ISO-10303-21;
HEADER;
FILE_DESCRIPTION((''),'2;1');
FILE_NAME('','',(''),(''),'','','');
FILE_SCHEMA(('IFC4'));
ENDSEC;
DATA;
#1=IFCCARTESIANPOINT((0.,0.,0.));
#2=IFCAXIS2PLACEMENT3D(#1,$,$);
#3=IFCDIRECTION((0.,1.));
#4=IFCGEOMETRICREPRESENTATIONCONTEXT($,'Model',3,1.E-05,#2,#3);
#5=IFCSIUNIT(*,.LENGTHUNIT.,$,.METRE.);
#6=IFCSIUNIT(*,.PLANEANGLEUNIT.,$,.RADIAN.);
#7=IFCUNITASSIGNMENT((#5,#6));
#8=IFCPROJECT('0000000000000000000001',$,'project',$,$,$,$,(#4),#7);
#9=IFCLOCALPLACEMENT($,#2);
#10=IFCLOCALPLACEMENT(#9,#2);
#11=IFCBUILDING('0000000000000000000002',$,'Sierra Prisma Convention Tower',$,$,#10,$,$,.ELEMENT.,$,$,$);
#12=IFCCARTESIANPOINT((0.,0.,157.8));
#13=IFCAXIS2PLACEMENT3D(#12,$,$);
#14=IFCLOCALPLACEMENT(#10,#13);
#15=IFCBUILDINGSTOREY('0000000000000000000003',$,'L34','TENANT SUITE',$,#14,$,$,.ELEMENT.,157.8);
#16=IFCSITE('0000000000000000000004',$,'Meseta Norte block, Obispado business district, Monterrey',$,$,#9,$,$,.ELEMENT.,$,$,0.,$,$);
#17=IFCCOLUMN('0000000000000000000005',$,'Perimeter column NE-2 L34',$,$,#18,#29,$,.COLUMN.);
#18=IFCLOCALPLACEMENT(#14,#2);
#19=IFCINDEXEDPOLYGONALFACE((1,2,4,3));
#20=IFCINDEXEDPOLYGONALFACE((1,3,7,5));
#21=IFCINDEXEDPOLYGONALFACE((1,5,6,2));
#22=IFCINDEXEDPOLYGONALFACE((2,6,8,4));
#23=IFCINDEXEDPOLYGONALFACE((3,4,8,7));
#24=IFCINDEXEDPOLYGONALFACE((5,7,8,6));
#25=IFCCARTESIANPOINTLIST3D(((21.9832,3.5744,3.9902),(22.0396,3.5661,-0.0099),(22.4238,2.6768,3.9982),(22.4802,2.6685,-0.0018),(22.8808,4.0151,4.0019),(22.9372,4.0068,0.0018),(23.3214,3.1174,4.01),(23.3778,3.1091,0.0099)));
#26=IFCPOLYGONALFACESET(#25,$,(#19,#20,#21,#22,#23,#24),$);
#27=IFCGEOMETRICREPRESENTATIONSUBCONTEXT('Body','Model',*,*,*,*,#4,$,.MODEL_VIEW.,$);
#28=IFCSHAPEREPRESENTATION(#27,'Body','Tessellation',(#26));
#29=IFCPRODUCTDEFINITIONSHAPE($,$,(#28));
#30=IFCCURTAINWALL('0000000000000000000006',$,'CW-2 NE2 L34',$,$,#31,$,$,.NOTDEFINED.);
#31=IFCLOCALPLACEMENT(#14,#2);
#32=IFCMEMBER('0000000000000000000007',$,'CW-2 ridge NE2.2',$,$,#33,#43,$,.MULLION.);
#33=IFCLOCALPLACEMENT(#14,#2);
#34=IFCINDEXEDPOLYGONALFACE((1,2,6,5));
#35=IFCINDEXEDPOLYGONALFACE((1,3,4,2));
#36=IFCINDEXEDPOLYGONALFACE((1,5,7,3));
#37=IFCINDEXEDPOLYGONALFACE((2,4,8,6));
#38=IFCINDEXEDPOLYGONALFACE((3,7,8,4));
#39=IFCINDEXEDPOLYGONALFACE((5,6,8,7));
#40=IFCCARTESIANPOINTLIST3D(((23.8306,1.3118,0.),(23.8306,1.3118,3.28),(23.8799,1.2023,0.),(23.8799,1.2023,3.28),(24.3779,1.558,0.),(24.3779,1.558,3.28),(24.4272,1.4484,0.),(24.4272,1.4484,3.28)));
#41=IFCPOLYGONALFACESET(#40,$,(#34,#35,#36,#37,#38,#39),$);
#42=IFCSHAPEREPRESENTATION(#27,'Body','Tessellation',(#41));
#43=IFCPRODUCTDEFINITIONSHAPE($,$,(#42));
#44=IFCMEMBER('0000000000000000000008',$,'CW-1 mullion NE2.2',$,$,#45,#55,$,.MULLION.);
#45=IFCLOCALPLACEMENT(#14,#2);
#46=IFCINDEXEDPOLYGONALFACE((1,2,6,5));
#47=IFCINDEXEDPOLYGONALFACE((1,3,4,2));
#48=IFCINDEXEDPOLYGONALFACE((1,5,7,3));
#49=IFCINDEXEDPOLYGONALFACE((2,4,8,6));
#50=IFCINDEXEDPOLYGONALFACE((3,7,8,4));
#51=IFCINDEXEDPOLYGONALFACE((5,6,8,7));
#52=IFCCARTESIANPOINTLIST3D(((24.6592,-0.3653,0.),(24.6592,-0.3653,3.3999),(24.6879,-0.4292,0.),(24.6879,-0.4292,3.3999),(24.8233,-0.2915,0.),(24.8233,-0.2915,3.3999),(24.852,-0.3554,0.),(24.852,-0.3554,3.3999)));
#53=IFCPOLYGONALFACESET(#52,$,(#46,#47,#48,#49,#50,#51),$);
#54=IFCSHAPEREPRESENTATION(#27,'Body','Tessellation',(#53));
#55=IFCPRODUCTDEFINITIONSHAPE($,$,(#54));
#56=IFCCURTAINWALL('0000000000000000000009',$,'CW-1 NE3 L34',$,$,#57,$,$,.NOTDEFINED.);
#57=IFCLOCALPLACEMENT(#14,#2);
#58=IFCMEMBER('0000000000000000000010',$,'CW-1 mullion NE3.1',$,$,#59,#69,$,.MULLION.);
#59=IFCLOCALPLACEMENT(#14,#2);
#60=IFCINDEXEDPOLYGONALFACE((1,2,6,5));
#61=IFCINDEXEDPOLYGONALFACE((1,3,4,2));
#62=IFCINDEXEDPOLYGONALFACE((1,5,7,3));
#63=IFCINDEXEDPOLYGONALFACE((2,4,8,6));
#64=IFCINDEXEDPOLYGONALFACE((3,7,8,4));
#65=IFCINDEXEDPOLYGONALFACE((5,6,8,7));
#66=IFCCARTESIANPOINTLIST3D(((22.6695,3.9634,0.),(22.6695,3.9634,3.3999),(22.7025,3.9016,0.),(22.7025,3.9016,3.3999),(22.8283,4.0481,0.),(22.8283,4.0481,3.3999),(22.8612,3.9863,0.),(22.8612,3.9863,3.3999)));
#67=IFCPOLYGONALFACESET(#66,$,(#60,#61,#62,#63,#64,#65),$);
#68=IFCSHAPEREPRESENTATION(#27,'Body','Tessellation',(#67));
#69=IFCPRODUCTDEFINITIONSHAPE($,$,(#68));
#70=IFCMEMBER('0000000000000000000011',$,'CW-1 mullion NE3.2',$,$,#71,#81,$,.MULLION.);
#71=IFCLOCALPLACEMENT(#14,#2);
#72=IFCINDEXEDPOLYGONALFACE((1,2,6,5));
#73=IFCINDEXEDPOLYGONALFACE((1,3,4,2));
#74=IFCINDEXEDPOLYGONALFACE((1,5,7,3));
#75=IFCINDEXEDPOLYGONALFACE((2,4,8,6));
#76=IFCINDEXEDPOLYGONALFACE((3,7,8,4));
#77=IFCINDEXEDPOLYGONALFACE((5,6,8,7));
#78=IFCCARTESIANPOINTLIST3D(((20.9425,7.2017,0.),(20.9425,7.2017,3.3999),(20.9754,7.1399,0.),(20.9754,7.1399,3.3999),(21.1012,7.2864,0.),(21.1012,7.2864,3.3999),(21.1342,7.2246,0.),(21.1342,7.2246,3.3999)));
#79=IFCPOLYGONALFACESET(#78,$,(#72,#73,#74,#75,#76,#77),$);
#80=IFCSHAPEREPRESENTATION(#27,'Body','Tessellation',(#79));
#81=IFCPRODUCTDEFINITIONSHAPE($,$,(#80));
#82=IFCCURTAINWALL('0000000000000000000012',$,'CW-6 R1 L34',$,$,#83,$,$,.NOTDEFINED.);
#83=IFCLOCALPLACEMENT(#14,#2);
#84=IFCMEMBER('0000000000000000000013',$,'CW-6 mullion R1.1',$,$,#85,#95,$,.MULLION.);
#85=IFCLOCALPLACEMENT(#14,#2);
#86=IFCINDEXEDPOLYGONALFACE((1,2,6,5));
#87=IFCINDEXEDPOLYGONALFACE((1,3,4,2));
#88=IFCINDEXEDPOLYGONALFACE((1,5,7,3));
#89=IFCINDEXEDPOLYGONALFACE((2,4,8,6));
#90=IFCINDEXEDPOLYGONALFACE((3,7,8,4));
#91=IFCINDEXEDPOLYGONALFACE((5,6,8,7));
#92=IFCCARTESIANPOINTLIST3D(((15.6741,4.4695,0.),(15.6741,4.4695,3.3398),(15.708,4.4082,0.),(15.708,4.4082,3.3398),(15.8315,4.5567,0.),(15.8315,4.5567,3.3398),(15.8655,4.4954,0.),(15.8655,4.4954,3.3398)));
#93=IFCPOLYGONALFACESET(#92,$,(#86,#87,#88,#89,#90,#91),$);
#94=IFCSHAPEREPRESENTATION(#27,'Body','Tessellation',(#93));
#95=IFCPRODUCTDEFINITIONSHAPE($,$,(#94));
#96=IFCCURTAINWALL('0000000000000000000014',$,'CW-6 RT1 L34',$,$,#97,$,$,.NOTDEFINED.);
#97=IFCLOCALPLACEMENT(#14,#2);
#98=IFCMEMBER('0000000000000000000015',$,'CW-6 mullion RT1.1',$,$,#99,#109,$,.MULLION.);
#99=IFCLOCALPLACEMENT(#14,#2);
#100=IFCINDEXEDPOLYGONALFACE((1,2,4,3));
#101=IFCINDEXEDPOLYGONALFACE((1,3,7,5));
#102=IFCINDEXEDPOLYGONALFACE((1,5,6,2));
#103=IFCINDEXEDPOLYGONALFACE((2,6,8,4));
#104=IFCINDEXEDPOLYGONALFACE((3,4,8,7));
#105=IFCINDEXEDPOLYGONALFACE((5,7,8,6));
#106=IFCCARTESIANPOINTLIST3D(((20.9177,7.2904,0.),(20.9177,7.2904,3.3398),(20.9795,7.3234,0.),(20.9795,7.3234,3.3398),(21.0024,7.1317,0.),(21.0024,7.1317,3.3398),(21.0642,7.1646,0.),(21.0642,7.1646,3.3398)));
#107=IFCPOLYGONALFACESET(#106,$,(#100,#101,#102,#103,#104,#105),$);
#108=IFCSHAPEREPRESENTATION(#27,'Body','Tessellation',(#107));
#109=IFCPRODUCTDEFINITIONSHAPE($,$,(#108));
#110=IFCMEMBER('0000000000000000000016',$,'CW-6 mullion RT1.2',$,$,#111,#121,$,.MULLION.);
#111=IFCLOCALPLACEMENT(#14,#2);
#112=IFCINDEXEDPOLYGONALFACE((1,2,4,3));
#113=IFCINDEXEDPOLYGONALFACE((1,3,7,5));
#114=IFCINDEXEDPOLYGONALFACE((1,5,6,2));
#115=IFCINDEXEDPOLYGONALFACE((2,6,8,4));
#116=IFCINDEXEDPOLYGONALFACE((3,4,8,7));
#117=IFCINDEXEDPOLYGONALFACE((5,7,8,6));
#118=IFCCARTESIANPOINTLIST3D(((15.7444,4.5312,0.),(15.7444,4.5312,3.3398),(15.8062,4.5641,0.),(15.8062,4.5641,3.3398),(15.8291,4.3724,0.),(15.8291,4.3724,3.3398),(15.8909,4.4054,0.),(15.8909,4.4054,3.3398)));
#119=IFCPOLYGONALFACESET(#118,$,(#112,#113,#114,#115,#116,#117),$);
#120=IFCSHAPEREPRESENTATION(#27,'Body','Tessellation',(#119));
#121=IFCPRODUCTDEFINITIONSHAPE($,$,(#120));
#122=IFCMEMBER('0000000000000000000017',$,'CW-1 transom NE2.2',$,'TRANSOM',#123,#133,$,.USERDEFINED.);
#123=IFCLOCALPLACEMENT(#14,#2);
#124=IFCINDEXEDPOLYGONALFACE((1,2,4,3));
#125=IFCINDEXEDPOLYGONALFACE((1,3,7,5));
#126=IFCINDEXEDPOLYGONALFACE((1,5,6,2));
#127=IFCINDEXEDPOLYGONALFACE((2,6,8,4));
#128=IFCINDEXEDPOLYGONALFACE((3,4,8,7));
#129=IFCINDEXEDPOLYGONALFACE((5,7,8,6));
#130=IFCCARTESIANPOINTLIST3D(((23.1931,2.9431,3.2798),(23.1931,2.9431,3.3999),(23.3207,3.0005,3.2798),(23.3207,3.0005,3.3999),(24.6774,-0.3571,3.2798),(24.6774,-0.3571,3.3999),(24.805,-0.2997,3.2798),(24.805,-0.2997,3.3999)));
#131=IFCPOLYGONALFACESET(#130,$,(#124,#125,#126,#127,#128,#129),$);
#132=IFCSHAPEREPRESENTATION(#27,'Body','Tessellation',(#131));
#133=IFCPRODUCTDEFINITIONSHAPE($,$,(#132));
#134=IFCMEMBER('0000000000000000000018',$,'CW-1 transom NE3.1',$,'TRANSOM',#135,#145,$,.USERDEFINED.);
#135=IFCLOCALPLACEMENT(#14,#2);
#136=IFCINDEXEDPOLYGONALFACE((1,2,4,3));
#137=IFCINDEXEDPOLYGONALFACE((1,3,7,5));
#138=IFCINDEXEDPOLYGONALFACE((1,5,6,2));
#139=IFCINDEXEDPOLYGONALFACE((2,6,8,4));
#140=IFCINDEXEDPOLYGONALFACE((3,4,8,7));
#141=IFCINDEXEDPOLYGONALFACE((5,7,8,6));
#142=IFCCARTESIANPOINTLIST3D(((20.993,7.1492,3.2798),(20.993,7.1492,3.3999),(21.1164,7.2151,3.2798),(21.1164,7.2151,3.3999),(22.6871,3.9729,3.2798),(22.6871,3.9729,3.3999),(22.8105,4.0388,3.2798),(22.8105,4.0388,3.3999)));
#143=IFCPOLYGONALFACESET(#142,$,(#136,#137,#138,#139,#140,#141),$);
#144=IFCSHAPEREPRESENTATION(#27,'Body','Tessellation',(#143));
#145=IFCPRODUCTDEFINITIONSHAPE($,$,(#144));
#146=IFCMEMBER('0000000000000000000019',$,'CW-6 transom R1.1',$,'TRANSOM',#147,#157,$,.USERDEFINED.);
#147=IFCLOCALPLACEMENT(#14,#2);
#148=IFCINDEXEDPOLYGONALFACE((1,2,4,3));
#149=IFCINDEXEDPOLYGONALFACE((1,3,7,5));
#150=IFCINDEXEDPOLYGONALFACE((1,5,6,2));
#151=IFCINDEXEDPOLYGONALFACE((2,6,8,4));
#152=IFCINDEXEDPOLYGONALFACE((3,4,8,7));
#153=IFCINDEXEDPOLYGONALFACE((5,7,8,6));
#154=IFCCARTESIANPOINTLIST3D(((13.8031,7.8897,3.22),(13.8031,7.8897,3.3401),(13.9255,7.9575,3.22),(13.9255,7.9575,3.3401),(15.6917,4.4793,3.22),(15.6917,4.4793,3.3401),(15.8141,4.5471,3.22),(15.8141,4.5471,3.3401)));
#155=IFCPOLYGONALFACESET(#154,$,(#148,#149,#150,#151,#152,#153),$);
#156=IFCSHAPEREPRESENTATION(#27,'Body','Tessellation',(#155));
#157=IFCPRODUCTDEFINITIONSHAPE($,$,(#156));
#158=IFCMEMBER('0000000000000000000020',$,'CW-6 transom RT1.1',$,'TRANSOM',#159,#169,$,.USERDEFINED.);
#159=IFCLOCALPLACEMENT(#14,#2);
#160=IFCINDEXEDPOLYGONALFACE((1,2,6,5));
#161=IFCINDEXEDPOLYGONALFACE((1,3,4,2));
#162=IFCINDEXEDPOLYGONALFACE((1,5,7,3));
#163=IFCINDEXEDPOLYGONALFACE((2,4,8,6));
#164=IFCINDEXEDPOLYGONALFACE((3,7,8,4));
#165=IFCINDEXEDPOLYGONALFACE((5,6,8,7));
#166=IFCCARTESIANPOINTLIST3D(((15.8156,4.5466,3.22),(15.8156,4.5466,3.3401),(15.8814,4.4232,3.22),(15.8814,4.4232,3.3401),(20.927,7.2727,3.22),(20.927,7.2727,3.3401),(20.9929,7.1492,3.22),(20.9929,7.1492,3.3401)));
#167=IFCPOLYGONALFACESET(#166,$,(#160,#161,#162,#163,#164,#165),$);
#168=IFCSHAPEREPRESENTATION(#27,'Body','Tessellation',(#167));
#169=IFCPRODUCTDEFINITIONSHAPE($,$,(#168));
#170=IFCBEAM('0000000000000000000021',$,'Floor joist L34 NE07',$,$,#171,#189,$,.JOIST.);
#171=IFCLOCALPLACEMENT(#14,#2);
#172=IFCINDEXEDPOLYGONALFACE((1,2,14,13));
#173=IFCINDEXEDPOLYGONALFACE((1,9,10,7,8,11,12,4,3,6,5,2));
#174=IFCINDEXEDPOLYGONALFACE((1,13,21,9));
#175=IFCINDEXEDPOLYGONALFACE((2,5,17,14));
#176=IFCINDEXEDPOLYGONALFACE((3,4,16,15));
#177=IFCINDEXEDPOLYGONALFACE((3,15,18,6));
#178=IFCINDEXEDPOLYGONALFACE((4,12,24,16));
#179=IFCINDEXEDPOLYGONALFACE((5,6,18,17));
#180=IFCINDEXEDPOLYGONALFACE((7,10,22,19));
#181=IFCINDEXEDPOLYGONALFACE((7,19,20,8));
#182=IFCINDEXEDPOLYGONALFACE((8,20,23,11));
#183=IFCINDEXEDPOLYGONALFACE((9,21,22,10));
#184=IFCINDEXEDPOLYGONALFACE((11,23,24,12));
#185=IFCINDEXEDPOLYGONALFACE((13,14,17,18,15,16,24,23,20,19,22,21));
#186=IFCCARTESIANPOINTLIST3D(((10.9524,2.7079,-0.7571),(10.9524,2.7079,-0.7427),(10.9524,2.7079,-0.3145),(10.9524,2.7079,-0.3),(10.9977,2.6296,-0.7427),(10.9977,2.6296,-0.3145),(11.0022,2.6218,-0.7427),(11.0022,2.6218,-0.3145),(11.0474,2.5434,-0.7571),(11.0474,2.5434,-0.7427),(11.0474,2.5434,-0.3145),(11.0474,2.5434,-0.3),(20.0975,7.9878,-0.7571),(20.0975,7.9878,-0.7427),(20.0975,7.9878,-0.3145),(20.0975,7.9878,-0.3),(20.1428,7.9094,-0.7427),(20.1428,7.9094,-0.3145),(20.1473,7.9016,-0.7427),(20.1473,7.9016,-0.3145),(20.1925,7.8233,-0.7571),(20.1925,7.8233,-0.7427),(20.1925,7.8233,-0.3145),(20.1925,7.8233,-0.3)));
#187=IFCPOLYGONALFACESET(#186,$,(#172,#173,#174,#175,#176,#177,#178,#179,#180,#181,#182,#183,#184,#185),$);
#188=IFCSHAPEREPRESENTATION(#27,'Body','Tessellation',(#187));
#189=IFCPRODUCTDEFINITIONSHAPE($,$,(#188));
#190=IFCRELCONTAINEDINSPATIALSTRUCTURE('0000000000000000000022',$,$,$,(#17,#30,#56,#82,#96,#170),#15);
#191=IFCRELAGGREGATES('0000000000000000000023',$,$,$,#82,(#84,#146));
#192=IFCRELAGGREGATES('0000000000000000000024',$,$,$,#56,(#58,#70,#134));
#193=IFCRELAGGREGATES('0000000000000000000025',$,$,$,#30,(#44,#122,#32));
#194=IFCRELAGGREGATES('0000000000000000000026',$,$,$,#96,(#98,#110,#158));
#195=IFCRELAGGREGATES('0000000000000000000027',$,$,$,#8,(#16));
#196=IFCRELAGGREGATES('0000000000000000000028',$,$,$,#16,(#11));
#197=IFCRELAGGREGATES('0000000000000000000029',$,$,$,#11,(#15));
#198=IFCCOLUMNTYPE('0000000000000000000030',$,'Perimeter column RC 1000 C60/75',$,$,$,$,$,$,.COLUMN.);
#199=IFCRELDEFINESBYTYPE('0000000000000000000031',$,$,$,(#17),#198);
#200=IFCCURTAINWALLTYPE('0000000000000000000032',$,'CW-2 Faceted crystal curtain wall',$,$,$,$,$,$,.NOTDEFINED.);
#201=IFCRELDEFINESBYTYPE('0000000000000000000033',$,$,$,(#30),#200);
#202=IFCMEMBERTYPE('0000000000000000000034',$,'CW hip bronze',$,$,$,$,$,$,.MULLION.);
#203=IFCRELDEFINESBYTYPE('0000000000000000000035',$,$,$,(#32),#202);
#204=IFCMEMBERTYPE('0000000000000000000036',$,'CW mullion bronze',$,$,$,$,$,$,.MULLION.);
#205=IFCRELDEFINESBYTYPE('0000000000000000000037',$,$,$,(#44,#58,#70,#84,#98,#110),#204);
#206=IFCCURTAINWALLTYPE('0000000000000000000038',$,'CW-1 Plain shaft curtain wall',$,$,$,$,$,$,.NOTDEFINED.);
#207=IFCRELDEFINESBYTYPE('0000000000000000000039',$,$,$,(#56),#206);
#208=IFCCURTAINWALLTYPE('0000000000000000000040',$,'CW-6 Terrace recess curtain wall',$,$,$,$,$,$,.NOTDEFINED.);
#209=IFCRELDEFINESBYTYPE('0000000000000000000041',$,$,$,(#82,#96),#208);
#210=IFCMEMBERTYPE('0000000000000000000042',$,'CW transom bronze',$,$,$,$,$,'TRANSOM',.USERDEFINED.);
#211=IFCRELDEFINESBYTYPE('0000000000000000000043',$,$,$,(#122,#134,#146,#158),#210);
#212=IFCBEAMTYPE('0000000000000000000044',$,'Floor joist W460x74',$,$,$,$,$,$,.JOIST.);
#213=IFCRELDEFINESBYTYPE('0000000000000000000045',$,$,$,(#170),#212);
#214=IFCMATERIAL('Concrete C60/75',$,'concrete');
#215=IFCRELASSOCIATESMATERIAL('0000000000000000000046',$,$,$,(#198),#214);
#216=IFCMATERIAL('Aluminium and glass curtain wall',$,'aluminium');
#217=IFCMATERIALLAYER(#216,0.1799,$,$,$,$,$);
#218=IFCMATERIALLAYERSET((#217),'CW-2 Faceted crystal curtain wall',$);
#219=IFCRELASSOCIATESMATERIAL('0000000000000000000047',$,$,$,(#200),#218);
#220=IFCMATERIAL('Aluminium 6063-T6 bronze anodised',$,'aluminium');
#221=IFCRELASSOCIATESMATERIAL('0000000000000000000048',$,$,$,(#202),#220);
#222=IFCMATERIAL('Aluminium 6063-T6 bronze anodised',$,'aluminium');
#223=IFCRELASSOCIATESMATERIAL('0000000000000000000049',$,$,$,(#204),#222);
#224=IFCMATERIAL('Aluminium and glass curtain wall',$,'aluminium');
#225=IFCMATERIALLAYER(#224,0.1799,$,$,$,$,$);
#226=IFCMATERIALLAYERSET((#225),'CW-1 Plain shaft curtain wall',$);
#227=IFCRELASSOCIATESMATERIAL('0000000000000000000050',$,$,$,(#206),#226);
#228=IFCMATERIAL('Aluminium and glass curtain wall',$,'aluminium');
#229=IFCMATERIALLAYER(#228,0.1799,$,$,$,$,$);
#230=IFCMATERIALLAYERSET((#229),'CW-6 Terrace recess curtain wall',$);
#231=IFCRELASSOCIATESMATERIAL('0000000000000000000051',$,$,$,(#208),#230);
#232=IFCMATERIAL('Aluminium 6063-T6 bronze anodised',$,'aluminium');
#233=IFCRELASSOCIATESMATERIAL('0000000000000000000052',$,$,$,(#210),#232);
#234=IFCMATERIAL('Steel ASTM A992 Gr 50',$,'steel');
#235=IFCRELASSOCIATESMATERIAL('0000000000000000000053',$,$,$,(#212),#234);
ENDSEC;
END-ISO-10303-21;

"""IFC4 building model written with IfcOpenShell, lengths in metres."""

from ifc_helpers import new_model, si_unit, direction, frame, origin, origin_2d, place, context, subcontext, project, spatial, rectangle, i_section, extrude, material, layer, layer_set, material_profile, profile_set, type_object, element, aggregate, save


model = new_model("IFC4")

# Units and contexts
model_context = context("Model", 3, precision=1e-05, world=origin(), true_north=direction((0.0, 1.0)))
body_context = subcontext(model_context, "Body", "Model", "MODEL_VIEW")
ifc_project = project(units=[si_unit("LENGTHUNIT", "METRE"), si_unit("PLANEANGLEUNIT", "RADIAN")], contexts=[model_context])

# Site, building, storey
site_placement = place(None, origin())
site = spatial("IfcSite", under=ifc_project, at=site_placement, Name="Meseta Norte block, Obispado business district, Monterrey", CompositionType="ELEMENT", RefElevation=0.0)
building_placement = place(site_placement, origin())
building = spatial("IfcBuilding", under=site, at=building_placement, Name="Sierra Prisma Convention Tower", CompositionType="ELEMENT")
storey_placement = place(building_placement, frame((0.0, 0.0, 157.8)))
storey = spatial("IfcBuildingStorey", under=building, at=storey_placement, Name="L34", Description="TENANT SUITE", CompositionType="ELEMENT", Elevation=157.8)

# Column
ifc_material_1 = material(Name="Concrete C60/75", Category="concrete")
ifc_material_profile_1 = material_profile(ifc_material_1, rectangle(XDim=1.0, YDim=1.0, at=origin_2d()), Name="Perimeter column RC 1000 C60/75")
ifc_profile_set_1 = profile_set([ifc_material_profile_1], Name="Concrete C60/75")
column_type = type_object("IfcColumnType", Name="Perimeter column RC 1000 C60/75", PredefinedType="COLUMN", material=ifc_profile_set_1)
column_placement = place(storey_placement, frame((22.7087, 3.3376, 0.0), z_axis=(-0.014098, 0.002075, 0.999898), x_axis=(-0.440599, 0.897668, -0.008075)))
element("IfcColumn", 1, at=column_placement, inside=storey, type_object=column_type, Name="Perimeter column NE-2 L34", PredefinedType="COLUMN", context=body_context, shape_type="SweptSolid", body=[
    extrude(rectangle(XDim=1.0, YDim=1.0, at=origin_2d()), origin(), (0.0, 0.0, 1.0), 4.0005),
])

# Curtain walls, members
ifc_material_2 = material(Name="Aluminium and glass curtain wall", Category="aluminium")
ifc_layer_1 = layer(ifc_material_2, 0.1799)
ifc_layer_set_1 = layer_set([ifc_layer_1], Name="CW-2 Faceted crystal curtain wall")
curtain_wall_type_1 = type_object("IfcCurtainWallType", Name="CW-2 Faceted crystal curtain wall", PredefinedType="NOTDEFINED", material=ifc_layer_set_1)
curtain_wall_1_placement = place(storey_placement, origin())
curtain_wall_1 = element("IfcCurtainWall", 2, at=curtain_wall_1_placement, inside=storey, type_object=curtain_wall_type_1, Name="CW-2 NE2 L34", PredefinedType="NOTDEFINED")
ifc_material_3 = material(Name="Aluminium 6063-T6 bronze anodised", Category="aluminium")
ifc_material_profile_2 = material_profile(ifc_material_3, rectangle(XDim=0.1201, YDim=0.6001, at=origin_2d()), Name="ALU RIDGE BLADE 120x600")
ifc_profile_set_2 = profile_set([ifc_material_profile_2], Name="Aluminium 6063-T6 bronze anodised")
member_type_1 = type_object("IfcMemberType", Name="CW hip bronze", PredefinedType="MULLION", material=ifc_profile_set_2)
member_1_placement = place(storey_placement, frame((24.1289, 1.3801, 0.0), z_axis=(0.0, 0.0, 1.0), x_axis=(-0.410199, 0.911996, 0.0)))
member_1 = element("IfcMember", 3, at=member_1_placement, type_object=member_type_1, Name="CW-2 ridge NE2.2", PredefinedType="MULLION", context=body_context, shape_type="SweptSolid", body=[
    extrude(rectangle(XDim=0.1201, YDim=0.6001, at=origin_2d()), origin(), (0.0, 0.0, 1.0), 3.28),
])
ifc_material_4 = material(Name="Aluminium 6063-T6 bronze anodised", Category="aluminium")
ifc_material_profile_3 = material_profile(ifc_material_4, rectangle(XDim=0.1799, YDim=0.0701, at=origin_2d()), Name="ALU MULLION 70x180")
ifc_profile_set_3 = profile_set([ifc_material_profile_3], Name="Aluminium 6063-T6 bronze anodised")
member_type_2 = type_object("IfcMemberType", Name="CW mullion bronze", PredefinedType="MULLION", material=ifc_profile_set_3)
member_2_placement = place(storey_placement, frame((24.7556, -0.3604, 0.0), z_axis=(0.0, 0.0, 1.0), x_axis=(-0.911996, -0.410199, 0.0)))
member_2 = element("IfcMember", 4, at=member_2_placement, type_object=member_type_2, Name="CW-1 mullion NE2.2", PredefinedType="MULLION", context=body_context, shape_type="SweptSolid", body=[
    extrude(rectangle(XDim=0.1799, YDim=0.0701, at=origin_2d()), origin(), (0.0, 0.0, 1.0), 3.3999),
])
ifc_material_5 = material(Name="Aluminium and glass curtain wall", Category="aluminium")
ifc_layer_2 = layer(ifc_material_5, 0.1799)
ifc_layer_set_2 = layer_set([ifc_layer_2], Name="CW-1 Plain shaft curtain wall")
curtain_wall_type_2 = type_object("IfcCurtainWallType", Name="CW-1 Plain shaft curtain wall", PredefinedType="NOTDEFINED", material=ifc_layer_set_2)
curtain_wall_2_placement = place(storey_placement, origin())
curtain_wall_2 = element("IfcCurtainWall", 5, at=curtain_wall_2_placement, inside=storey, type_object=curtain_wall_type_2, Name="CW-1 NE3 L34", PredefinedType="NOTDEFINED")
member_3_placement = place(storey_placement, frame((22.7654, 3.9749, 0.0), z_axis=(0.0, 0.0, 1.0), x_axis=(-0.882353, -0.470588, 0.0)))
member_3 = element("IfcMember", 6, at=member_3_placement, type_object=member_type_2, Name="CW-1 mullion NE3.1", PredefinedType="MULLION", context=body_context, shape_type="SweptSolid", body=[
    extrude(rectangle(XDim=0.1799, YDim=0.0701, at=origin_2d()), origin(), (0.0, 0.0, 1.0), 3.3999),
])
member_4_placement = place(storey_placement, frame((21.0383, 7.2131, 0.0), z_axis=(0.0, 0.0, 1.0), x_axis=(-0.882353, -0.470588, 0.0)))
member_4 = element("IfcMember", 7, at=member_4_placement, type_object=member_type_2, Name="CW-1 mullion NE3.2", PredefinedType="MULLION", context=body_context, shape_type="SweptSolid", body=[
    extrude(rectangle(XDim=0.1799, YDim=0.0701, at=origin_2d()), origin(), (0.0, 0.0, 1.0), 3.3999),
])

# Curtain wall, member
ifc_material_6 = material(Name="Aluminium and glass curtain wall", Category="aluminium")
ifc_layer_3 = layer(ifc_material_6, 0.1799)
ifc_layer_set_3 = layer_set([ifc_layer_3], Name="CW-6 Terrace recess curtain wall")
curtain_wall_type_3 = type_object("IfcCurtainWallType", Name="CW-6 Terrace recess curtain wall", PredefinedType="NOTDEFINED", material=ifc_layer_set_3)
curtain_wall_3_placement = place(storey_placement, origin())
curtain_wall_3 = element("IfcCurtainWall", 8, at=curtain_wall_3_placement, inside=storey, type_object=curtain_wall_type_3, Name="CW-6 R1 L34", PredefinedType="NOTDEFINED")
member_5_placement = place(storey_placement, frame((15.7698, 4.4824, 0.0), z_axis=(0.0, 0.0, 1.0), x_axis=(-0.874822, -0.484444, 0.0)))
member_5 = element("IfcMember", 9, at=member_5_placement, type_object=member_type_2, Name="CW-6 mullion R1.1", PredefinedType="MULLION", context=body_context, shape_type="SweptSolid", body=[
    extrude(rectangle(XDim=0.1799, YDim=0.0701, at=origin_2d()), origin(), (0.0, 0.0, 1.0), 3.3398),
])

# Curtain wall, members
curtain_wall_4_placement = place(storey_placement, origin())
curtain_wall_4 = element("IfcCurtainWall", 10, at=curtain_wall_4_placement, inside=storey, type_object=curtain_wall_type_3, Name="CW-6 RT1 L34", PredefinedType="NOTDEFINED")
member_6_placement = place(storey_placement, frame((20.991, 7.2275, 0.0), z_axis=(0.0, 0.0, 1.0), x_axis=(0.470588, -0.882353, 0.0)))
member_6 = element("IfcMember", 11, at=member_6_placement, type_object=member_type_2, Name="CW-6 mullion RT1.1", PredefinedType="MULLION", context=body_context, shape_type="SweptSolid", body=[
    extrude(rectangle(XDim=0.1799, YDim=0.0701, at=origin_2d()), origin(), (0.0, 0.0, 1.0), 3.3398),
])
member_7_placement = place(storey_placement, frame((15.8176, 4.4683, 0.0), z_axis=(0.0, 0.0, 1.0), x_axis=(0.470588, -0.882353, 0.0)))
member_7 = element("IfcMember", 12, at=member_7_placement, type_object=member_type_2, Name="CW-6 mullion RT1.2", PredefinedType="MULLION", context=body_context, shape_type="SweptSolid", body=[
    extrude(rectangle(XDim=0.1799, YDim=0.0701, at=origin_2d()), origin(), (0.0, 0.0, 1.0), 3.3398),
])

# Members
ifc_material_7 = material(Name="Aluminium 6063-T6 bronze anodised", Category="aluminium")
ifc_material_profile_4 = material_profile(ifc_material_7, rectangle(XDim=0.1399, YDim=0.1201, at=origin_2d()), Name="ALU TRANSOM 120x140")
ifc_profile_set_4 = profile_set([ifc_material_profile_4], Name="Aluminium 6063-T6 bronze anodised")
member_type_3 = type_object("IfcMemberType", Name="CW transom bronze", ElementType="TRANSOM", PredefinedType="USERDEFINED", material=ifc_profile_set_4)
member_8_placement = place(storey_placement, frame((24.7412, -0.3284, 3.3398), z_axis=(-0.410191, 0.912, 0.0), x_axis=(-0.912, -0.410191, 0.0)))
member_8 = element("IfcMember", 13, at=member_8_placement, type_object=member_type_3, Name="CW-1 transom NE2.2", ObjectType="TRANSOM", PredefinedType="USERDEFINED", context=body_context, shape_type="SweptSolid", body=[
    extrude(rectangle(XDim=0.1399, YDim=0.1201, at=origin_2d()), origin(), (0.0, 0.0, 1.0), 3.6187),
])
member_9_placement = place(storey_placement, frame((22.7488, 4.0059, 3.3398), z_axis=(-0.470606, 0.882344, 0.0), x_axis=(-0.882344, -0.470606, 0.0)))
member_9 = element("IfcMember", 14, at=member_9_placement, type_object=member_type_3, Name="CW-1 transom NE3.1", ObjectType="TRANSOM", PredefinedType="USERDEFINED", context=body_context, shape_type="SweptSolid", body=[
    extrude(rectangle(XDim=0.1399, YDim=0.1201, at=origin_2d()), origin(), (0.0, 0.0, 1.0), 3.5999),
])
member_10_placement = place(storey_placement, frame((15.7529, 4.5132, 3.28), z_axis=(-0.484467, 0.874809, 0.0), x_axis=(-0.874809, -0.484467, 0.0)))
member_10 = element("IfcMember", 15, at=member_10_placement, type_object=member_type_3, Name="CW-6 transom R1.1", ObjectType="TRANSOM", PredefinedType="USERDEFINED", context=body_context, shape_type="SweptSolid", body=[
    extrude(rectangle(XDim=0.1399, YDim=0.1201, at=origin_2d()), origin(), (0.0, 0.0, 1.0), 3.8984),
])
aggregate(curtain_wall_3, [member_5, member_10])
member_11_placement = place(storey_placement, frame((20.96, 7.2109, 3.28), z_axis=(-0.88236, -0.470575, 0.0), x_axis=(0.470575, -0.88236, 0.0)))
member_11 = element("IfcMember", 16, at=member_11_placement, type_object=member_type_3, Name="CW-6 transom RT1.1", ObjectType="TRANSOM", PredefinedType="USERDEFINED", context=body_context, shape_type="SweptSolid", body=[
    extrude(rectangle(XDim=0.1399, YDim=0.1201, at=origin_2d()), origin(), (0.0, 0.0, 1.0), 5.793),
])

# Beam
ifc_material_8 = material(Name="Steel ASTM A992 Gr 50", Category="steel")
ifc_material_profile_5 = material_profile(ifc_material_8, i_section(OverallWidth=0.1899, OverallDepth=0.457, WebThickness=0.009, FlangeThickness=0.0144, at=origin_2d()), Name="W460x74")
ifc_profile_set_5 = profile_set([ifc_material_profile_5], Name="Steel ASTM A992 Gr 50")
beam_type_1 = type_object("IfcBeamType", Name="Floor joist W460x74", PredefinedType="JOIST", material=ifc_profile_set_5)
beam_1_placement = place(storey_placement, frame((20.145, 7.9055, -0.5286), z_axis=(-0.866029, -0.499993, 0.0), x_axis=(0.499993, -0.866029, 0.0)))
element("IfcBeam", 17, at=beam_1_placement, inside=storey, type_object=beam_type_1, Name="Floor joist L34 NE07", PredefinedType="JOIST", context=body_context, shape_type="SweptSolid", body=[
    extrude(i_section(OverallWidth=0.1899, OverallDepth=0.457, WebThickness=0.009, FlangeThickness=0.0144, at=origin_2d()), origin(), (0.0, 0.0, 1.0), 10.5598),
])

aggregate(curtain_wall_2, [member_3, member_4, member_9])
aggregate(curtain_wall_1, [member_2, member_8, member_1])
aggregate(curtain_wall_4, [member_6, member_7, member_11])

save(model, "model.ifc")
